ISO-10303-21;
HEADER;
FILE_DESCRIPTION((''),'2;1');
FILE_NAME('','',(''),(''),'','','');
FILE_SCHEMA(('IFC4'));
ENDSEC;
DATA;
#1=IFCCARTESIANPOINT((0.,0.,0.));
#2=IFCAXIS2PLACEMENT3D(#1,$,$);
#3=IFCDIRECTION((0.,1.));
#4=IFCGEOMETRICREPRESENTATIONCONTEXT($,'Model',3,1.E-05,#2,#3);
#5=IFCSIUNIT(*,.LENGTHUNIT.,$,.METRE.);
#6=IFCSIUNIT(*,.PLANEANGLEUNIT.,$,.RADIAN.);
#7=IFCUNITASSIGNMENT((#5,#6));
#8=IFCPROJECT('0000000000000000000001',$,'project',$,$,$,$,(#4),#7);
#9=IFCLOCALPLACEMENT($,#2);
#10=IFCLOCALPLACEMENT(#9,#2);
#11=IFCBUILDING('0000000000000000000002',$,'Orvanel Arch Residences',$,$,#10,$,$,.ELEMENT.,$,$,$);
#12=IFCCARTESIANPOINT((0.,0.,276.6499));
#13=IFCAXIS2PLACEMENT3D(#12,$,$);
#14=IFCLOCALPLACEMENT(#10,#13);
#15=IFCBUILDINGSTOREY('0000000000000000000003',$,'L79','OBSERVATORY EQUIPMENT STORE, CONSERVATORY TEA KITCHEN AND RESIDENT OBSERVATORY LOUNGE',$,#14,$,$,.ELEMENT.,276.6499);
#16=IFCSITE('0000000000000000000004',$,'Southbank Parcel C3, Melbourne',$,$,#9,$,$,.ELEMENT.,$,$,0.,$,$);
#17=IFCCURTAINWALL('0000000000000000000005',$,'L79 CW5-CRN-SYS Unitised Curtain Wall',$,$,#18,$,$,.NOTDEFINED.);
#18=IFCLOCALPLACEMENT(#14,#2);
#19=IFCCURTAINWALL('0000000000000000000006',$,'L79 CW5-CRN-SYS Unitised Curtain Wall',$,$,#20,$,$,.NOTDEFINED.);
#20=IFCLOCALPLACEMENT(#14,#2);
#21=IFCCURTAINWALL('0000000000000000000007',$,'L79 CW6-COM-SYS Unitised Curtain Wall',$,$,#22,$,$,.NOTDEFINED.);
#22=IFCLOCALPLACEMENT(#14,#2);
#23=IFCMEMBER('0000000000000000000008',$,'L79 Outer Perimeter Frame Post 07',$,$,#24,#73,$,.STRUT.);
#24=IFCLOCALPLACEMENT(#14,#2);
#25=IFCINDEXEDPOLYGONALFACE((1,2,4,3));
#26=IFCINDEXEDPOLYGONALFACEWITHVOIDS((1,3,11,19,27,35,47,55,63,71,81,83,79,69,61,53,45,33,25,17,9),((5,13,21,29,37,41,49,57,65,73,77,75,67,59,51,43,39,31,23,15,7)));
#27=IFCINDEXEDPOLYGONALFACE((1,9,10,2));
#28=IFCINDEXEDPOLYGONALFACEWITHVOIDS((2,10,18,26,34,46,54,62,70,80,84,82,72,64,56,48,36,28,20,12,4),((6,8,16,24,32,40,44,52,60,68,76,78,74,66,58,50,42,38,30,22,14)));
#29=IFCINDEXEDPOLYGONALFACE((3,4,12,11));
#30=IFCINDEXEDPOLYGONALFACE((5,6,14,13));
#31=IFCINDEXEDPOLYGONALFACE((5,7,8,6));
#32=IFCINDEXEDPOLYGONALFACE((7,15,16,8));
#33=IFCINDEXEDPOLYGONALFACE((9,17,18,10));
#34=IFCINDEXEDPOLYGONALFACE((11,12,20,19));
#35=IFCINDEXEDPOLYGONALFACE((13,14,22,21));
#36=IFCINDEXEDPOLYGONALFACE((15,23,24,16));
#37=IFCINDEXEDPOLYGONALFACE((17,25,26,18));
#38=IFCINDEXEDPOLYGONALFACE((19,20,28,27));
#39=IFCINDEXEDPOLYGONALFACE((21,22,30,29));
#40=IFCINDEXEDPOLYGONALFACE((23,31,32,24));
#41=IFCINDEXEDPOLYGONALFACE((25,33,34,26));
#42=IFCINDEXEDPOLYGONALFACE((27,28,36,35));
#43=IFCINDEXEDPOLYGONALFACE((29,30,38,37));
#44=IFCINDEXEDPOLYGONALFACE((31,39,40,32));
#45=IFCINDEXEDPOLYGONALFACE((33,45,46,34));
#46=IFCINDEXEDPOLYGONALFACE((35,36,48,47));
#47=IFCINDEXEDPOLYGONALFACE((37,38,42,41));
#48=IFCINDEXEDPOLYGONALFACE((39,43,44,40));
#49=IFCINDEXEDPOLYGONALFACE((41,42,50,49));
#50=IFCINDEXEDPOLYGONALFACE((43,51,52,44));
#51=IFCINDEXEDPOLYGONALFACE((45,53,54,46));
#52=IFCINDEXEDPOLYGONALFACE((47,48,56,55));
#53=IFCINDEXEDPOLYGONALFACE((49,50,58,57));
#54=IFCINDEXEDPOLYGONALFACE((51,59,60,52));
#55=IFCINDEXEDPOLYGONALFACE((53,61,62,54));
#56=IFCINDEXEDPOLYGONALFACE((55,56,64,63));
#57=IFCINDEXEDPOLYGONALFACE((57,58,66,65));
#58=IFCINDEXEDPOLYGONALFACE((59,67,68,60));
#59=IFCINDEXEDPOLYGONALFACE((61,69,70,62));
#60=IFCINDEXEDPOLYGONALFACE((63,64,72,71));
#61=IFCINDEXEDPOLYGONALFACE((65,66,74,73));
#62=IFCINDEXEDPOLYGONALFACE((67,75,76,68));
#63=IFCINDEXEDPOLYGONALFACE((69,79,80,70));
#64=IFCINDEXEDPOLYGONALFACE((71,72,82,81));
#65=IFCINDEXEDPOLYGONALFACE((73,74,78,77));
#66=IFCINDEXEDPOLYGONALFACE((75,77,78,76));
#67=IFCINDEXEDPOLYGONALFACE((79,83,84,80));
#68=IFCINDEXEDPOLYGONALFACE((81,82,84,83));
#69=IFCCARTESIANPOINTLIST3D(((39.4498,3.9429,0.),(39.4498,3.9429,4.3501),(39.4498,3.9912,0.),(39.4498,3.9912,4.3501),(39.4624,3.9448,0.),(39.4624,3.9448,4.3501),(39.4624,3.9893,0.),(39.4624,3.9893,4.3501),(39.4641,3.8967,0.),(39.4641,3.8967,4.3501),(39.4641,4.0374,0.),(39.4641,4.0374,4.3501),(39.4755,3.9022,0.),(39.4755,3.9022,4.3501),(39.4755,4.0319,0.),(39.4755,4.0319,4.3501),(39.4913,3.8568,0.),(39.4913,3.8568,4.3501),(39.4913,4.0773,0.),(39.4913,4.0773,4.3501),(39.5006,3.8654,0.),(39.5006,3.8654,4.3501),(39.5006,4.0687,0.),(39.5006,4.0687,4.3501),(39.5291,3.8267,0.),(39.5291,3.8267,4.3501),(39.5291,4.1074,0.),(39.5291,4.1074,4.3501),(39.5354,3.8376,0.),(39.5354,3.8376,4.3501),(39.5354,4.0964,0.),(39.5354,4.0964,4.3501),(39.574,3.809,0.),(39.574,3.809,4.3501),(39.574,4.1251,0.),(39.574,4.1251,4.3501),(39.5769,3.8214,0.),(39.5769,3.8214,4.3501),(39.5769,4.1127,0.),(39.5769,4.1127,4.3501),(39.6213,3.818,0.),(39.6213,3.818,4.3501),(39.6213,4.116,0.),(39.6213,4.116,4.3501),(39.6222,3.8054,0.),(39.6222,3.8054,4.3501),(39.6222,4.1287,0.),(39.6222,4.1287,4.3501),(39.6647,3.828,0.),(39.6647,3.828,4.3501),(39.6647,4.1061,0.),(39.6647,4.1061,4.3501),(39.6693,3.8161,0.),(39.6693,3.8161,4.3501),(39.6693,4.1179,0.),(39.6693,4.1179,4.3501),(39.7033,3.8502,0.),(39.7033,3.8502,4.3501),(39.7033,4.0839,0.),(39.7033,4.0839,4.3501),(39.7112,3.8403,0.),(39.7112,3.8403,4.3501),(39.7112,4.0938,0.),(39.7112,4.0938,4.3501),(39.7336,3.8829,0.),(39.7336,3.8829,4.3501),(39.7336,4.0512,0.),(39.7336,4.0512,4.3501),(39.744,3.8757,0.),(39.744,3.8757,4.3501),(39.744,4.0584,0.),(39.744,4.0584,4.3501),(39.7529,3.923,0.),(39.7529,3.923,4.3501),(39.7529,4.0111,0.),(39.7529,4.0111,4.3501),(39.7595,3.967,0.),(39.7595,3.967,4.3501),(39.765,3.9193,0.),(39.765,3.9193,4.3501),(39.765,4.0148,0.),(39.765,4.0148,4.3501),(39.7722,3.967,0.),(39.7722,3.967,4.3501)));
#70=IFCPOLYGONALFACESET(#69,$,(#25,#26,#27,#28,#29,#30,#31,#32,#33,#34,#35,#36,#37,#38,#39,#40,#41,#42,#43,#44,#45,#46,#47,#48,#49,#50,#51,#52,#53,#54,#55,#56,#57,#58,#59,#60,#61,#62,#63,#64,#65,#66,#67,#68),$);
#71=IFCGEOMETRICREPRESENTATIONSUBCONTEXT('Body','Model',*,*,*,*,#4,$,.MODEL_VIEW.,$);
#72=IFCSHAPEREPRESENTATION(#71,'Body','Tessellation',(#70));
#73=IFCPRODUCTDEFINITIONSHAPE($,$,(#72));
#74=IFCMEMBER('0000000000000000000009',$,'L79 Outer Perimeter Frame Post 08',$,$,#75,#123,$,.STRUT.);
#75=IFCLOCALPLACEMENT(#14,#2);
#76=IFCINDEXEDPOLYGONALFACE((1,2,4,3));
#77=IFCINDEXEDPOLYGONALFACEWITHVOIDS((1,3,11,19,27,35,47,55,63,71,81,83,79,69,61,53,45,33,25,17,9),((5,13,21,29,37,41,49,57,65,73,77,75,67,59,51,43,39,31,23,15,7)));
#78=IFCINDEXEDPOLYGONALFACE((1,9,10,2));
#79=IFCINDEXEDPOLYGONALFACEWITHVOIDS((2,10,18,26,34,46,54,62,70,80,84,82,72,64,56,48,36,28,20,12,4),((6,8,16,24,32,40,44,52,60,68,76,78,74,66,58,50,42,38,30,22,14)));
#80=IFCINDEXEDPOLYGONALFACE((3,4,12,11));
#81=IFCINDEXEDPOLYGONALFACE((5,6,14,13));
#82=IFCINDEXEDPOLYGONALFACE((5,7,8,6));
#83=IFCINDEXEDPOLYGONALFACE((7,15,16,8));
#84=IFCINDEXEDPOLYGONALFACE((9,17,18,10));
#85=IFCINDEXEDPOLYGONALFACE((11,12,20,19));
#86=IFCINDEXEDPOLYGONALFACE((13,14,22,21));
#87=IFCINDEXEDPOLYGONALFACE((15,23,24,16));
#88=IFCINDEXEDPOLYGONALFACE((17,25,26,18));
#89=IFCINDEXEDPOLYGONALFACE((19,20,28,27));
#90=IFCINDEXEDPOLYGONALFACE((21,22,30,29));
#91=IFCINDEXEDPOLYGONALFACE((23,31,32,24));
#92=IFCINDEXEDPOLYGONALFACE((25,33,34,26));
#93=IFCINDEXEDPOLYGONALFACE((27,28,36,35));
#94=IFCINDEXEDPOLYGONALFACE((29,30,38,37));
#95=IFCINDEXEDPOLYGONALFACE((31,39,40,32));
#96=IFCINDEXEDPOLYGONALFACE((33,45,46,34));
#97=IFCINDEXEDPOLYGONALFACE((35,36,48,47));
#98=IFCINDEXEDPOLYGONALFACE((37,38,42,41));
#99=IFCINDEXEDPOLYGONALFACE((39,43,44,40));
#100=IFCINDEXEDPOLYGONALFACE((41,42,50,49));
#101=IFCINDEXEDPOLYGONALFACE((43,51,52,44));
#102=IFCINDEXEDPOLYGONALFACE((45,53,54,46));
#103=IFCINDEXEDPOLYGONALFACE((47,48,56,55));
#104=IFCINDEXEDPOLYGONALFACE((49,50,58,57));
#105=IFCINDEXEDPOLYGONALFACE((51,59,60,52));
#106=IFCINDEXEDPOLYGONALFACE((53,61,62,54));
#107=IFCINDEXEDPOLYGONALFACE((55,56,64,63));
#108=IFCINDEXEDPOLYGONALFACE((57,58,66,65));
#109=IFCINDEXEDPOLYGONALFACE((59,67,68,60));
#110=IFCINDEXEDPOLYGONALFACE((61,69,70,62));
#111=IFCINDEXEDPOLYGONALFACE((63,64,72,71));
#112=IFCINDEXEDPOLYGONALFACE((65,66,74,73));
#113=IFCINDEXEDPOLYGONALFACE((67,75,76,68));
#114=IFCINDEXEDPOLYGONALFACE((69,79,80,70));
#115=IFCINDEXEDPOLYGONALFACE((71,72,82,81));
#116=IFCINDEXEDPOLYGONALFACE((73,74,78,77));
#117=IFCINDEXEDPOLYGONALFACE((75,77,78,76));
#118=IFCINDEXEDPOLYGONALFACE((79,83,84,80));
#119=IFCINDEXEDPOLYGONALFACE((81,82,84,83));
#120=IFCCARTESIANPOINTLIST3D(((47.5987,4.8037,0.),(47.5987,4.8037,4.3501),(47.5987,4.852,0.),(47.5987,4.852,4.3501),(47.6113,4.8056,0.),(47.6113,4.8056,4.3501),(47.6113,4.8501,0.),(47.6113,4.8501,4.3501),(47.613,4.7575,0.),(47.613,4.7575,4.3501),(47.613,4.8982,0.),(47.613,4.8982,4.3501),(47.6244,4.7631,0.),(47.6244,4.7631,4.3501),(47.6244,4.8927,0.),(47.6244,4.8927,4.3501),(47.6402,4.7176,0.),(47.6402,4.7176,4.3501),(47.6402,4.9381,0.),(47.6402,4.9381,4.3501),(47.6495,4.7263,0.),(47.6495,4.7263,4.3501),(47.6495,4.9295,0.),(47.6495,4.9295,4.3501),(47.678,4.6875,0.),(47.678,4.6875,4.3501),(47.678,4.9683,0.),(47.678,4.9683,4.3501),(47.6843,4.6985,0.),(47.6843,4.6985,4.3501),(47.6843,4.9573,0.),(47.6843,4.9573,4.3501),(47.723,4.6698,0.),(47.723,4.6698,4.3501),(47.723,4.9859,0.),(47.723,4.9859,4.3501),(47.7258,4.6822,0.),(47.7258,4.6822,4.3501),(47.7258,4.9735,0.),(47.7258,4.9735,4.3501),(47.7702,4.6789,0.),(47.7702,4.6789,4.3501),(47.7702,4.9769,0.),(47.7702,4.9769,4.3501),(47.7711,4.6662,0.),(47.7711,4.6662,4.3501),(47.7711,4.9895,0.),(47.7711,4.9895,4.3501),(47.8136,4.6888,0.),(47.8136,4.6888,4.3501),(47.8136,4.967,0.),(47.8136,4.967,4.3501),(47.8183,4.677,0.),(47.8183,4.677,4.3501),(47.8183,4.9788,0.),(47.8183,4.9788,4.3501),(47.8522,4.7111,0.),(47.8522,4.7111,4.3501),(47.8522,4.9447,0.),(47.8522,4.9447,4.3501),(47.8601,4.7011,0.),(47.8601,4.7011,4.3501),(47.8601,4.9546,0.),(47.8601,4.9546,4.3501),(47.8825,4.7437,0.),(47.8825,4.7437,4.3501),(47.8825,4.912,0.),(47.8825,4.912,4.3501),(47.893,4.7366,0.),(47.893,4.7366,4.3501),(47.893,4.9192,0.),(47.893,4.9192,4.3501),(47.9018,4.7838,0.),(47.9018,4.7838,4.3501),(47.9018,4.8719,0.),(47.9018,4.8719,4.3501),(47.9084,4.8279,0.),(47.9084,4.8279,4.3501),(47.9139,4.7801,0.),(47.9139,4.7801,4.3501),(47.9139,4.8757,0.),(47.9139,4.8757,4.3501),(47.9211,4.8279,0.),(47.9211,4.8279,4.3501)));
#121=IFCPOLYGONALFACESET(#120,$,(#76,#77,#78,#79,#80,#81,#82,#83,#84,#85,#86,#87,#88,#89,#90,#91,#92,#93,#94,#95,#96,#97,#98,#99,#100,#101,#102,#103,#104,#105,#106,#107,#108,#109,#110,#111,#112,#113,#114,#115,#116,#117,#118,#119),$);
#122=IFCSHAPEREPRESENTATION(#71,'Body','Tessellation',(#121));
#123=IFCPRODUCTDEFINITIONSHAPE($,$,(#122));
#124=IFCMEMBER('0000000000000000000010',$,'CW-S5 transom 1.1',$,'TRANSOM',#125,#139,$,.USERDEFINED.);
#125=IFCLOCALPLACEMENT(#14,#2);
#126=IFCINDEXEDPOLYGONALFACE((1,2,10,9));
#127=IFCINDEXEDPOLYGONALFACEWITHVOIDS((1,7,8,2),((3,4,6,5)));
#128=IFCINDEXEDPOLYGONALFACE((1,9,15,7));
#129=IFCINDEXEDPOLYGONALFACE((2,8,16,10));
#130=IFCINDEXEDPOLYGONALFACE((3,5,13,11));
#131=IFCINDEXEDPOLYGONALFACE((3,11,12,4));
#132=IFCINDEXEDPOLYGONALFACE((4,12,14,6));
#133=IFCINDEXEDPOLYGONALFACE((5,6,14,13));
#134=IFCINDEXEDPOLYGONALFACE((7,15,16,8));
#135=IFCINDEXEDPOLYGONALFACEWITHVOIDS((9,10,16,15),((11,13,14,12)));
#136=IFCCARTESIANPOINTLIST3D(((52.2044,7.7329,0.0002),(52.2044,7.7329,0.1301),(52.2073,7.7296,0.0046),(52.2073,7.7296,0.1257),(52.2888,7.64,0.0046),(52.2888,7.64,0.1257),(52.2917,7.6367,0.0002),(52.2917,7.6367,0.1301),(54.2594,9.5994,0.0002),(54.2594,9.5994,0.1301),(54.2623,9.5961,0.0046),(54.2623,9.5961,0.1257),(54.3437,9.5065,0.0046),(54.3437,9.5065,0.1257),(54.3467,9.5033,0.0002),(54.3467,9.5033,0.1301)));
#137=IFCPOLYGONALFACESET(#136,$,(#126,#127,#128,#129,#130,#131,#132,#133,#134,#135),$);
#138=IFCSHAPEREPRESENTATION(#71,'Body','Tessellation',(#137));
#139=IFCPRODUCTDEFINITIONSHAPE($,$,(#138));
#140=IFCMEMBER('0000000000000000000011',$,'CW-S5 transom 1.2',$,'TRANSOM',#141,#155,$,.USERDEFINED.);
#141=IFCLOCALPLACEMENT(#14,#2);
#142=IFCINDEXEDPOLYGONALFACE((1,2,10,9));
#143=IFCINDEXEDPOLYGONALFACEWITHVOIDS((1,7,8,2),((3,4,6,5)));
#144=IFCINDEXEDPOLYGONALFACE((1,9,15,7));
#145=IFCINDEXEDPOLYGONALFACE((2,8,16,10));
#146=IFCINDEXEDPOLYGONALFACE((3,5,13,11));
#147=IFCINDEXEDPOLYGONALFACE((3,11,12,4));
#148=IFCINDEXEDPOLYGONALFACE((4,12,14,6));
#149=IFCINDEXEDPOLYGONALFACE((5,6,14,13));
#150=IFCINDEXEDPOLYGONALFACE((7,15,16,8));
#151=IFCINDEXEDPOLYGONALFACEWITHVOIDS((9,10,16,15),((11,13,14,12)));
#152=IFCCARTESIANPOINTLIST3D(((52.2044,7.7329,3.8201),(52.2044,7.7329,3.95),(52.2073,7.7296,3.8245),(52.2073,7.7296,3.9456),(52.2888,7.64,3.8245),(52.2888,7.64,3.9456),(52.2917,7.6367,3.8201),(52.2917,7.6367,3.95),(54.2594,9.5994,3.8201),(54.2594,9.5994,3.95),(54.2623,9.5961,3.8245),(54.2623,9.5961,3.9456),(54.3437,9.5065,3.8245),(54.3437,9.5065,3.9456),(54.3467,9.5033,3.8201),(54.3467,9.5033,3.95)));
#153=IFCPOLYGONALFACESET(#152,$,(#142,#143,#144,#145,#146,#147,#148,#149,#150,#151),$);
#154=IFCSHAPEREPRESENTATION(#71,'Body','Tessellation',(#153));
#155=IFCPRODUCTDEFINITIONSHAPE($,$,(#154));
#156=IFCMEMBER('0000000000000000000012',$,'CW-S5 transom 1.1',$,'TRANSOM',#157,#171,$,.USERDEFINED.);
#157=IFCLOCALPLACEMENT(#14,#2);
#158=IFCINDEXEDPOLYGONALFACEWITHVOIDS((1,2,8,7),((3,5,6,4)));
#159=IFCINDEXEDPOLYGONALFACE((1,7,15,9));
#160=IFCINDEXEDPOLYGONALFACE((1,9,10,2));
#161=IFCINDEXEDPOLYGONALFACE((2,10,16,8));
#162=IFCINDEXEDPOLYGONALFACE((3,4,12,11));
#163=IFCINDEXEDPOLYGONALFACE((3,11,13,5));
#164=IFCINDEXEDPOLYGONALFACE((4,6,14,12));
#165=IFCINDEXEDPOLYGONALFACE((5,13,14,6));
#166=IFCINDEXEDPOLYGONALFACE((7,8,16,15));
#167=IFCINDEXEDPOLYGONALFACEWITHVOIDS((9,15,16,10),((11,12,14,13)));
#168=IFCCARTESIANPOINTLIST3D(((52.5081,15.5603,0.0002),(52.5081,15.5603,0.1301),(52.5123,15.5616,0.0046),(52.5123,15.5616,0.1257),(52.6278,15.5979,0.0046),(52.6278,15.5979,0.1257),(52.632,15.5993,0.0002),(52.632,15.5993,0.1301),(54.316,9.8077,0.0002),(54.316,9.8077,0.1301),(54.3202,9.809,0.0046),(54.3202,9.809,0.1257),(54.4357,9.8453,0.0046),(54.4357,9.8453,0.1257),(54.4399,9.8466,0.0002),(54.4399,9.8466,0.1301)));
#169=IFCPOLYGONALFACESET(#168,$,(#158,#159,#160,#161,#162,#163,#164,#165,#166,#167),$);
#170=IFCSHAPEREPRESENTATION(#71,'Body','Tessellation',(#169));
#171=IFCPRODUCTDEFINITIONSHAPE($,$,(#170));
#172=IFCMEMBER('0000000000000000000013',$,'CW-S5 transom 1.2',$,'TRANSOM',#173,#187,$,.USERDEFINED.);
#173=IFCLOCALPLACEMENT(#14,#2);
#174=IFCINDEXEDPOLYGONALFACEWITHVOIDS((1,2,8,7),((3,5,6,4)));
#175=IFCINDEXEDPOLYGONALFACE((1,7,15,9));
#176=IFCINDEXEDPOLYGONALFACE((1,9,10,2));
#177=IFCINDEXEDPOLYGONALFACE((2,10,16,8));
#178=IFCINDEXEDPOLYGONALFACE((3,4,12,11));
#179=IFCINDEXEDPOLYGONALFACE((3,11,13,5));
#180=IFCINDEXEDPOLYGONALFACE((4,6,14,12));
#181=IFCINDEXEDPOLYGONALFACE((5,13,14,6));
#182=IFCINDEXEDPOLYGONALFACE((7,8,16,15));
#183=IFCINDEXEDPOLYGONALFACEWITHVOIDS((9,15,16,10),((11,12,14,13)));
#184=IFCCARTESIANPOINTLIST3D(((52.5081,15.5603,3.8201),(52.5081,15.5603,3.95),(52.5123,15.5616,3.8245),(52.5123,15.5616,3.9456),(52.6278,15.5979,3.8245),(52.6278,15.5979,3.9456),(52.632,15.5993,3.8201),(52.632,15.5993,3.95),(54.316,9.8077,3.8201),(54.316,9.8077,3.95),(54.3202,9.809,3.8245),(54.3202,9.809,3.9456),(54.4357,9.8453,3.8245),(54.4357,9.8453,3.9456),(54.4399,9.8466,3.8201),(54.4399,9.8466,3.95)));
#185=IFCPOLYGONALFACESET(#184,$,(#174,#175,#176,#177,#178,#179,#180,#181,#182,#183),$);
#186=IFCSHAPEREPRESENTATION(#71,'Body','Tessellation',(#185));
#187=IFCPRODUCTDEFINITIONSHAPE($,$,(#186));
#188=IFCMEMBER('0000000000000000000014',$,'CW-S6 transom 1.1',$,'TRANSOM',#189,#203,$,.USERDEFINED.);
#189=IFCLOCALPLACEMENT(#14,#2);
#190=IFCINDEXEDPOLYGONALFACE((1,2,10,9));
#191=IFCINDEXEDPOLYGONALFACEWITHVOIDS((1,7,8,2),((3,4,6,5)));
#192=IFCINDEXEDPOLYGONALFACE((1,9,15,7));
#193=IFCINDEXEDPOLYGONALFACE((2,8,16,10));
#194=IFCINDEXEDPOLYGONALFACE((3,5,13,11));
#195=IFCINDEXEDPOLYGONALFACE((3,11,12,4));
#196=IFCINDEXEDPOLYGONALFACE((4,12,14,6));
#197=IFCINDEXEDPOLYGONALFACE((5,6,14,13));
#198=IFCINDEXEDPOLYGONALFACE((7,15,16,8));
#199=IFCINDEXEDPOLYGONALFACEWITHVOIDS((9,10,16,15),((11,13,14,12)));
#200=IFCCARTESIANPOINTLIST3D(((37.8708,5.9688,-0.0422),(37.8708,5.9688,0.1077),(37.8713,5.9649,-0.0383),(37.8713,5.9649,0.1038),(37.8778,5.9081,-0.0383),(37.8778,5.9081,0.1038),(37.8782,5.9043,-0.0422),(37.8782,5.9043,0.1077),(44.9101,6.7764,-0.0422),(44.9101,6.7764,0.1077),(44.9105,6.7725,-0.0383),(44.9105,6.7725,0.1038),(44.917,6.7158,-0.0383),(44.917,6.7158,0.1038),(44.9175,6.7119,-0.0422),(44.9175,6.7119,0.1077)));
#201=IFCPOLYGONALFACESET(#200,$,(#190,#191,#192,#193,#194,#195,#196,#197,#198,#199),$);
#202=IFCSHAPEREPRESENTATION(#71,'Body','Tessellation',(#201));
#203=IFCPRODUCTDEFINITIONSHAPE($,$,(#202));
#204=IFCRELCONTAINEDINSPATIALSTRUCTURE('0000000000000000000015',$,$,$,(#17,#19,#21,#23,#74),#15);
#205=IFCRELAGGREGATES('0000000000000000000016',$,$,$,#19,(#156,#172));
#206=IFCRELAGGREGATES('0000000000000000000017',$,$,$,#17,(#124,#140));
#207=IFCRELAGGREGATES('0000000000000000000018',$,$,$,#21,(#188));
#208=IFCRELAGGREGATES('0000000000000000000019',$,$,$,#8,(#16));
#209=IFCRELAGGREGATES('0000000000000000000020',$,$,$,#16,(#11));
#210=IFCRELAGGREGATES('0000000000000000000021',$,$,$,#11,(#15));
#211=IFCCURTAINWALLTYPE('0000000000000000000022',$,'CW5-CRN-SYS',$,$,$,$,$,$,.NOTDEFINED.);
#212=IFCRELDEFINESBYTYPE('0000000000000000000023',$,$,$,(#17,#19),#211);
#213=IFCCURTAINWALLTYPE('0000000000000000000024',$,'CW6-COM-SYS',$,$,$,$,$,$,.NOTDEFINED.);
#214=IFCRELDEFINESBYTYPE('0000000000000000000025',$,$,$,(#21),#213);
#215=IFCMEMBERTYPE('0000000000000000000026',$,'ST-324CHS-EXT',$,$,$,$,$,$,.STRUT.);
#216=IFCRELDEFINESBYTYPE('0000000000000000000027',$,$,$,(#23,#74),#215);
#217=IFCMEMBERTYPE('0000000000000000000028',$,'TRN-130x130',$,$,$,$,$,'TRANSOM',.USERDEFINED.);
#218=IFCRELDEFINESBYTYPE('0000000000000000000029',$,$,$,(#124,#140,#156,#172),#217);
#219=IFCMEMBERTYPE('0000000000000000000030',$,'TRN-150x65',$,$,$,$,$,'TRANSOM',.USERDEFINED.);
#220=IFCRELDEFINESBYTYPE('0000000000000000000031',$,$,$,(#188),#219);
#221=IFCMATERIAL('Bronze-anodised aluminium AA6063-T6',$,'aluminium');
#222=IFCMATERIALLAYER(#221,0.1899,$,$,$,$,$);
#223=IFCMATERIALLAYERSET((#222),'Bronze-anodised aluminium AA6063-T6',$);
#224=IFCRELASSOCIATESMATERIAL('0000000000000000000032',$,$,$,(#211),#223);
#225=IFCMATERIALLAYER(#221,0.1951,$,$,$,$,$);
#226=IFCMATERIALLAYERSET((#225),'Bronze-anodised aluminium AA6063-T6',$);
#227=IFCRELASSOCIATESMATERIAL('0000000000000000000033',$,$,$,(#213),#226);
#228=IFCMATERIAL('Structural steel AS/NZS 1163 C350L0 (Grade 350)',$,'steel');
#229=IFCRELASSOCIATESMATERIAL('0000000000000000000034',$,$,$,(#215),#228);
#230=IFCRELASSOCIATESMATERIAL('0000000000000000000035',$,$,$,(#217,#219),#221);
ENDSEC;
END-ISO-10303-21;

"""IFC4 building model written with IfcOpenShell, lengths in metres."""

from ifc_helpers import new_model, si_unit, direction, frame, origin, origin_2d, place, context, subcontext, project, spatial, hollow_rectangle, hollow_circle, extrude, material, layer, layer_set, material_profile, profile_set, type_object, element, aggregate, save


model = new_model("IFC4")

# Units and contexts
model_context = context("Model", 3, precision=1e-05, world=origin(), true_north=direction((0.0, 1.0)))
body_context = subcontext(model_context, "Body", "Model", "MODEL_VIEW")
ifc_project = project(units=[si_unit("LENGTHUNIT", "METRE"), si_unit("PLANEANGLEUNIT", "RADIAN")], contexts=[model_context])

# Site, building, storey
site_placement = place(None, origin())
site = spatial("IfcSite", under=ifc_project, at=site_placement, Name="Southbank Parcel C3, Melbourne", CompositionType="ELEMENT", RefElevation=0.0)
building_placement = place(site_placement, origin())
building = spatial("IfcBuilding", under=site, at=building_placement, Name="Orvanel Arch Residences", CompositionType="ELEMENT")
storey_placement = place(building_placement, frame((0.0, 0.0, 276.6499)))
storey = spatial("IfcBuildingStorey", under=building, at=storey_placement, Name="L79", Description="OBSERVATORY EQUIPMENT STORE, CONSERVATORY TEA KITCHEN AND RESIDENT OBSERVATORY LOUNGE", CompositionType="ELEMENT", Elevation=276.6499)

# Shared definitions
ifc_material_1 = material(Name="Structural steel AS/NZS 1163 C350L0 (Grade 350)", Category="steel")

# Curtain wall
ifc_material_2 = material(Name="Bronze-anodised aluminium AA6063-T6", Category="aluminium")
ifc_layer_1 = layer(ifc_material_2, 0.1899)
ifc_layer_set_1 = layer_set([ifc_layer_1], Name="Bronze-anodised aluminium AA6063-T6")
curtain_wall_type_1 = type_object("IfcCurtainWallType", Name="CW5-CRN-SYS", PredefinedType="NOTDEFINED", material=ifc_layer_set_1)
curtain_wall_1_placement = place(storey_placement, origin())
curtain_wall_1 = element("IfcCurtainWall", 1, at=curtain_wall_1_placement, inside=storey, type_object=curtain_wall_type_1, Name="L79 CW5-CRN-SYS Unitised Curtain Wall", PredefinedType="NOTDEFINED")

# Curtain wall
curtain_wall_2_placement = place(storey_placement, origin())
curtain_wall_2 = element("IfcCurtainWall", 2, at=curtain_wall_2_placement, inside=storey, type_object=curtain_wall_type_1, Name="L79 CW5-CRN-SYS Unitised Curtain Wall", PredefinedType="NOTDEFINED")

# Curtain wall
ifc_layer_2 = layer(ifc_material_2, 0.1951)
ifc_layer_set_2 = layer_set([ifc_layer_2], Name="Bronze-anodised aluminium AA6063-T6")
curtain_wall_type_2 = type_object("IfcCurtainWallType", Name="CW6-COM-SYS", PredefinedType="NOTDEFINED", material=ifc_layer_set_2)
curtain_wall_3_placement = place(storey_placement, origin())
curtain_wall_3 = element("IfcCurtainWall", 3, at=curtain_wall_3_placement, inside=storey, type_object=curtain_wall_type_2, Name="L79 CW6-COM-SYS Unitised Curtain Wall", PredefinedType="NOTDEFINED")

# Members
ifc_material_profile_1 = material_profile(ifc_material_1, hollow_circle(Radius=0.1621, WallThickness=0.0127, at=origin_2d()), Name="CHS324x12.7")
ifc_profile_set_1 = profile_set([ifc_material_profile_1], Name="Structural steel AS/NZS 1163 C350L0 (Grade 350)")
member_type_1 = type_object("IfcMemberType", Name="ST-324CHS-EXT", PredefinedType="STRUT", material=ifc_profile_set_1)
for number, where, z_axis, x_axis, name in (
    (4, (39.6101, 3.967, 0.0), (0.0, 0.0, 1.0), (1.0, 0.0, 0.0), "L79 Outer Perimeter Frame Post 07"),
    (5, (47.759, 4.8279, 0.0), (0.0, 0.0, 1.0), (1.0, 0.0, 0.0), "L79 Outer Perimeter Frame Post 08"),
):
    element("IfcMember", number, at=place(storey_placement, frame(where, z_axis=z_axis, x_axis=x_axis)), inside=storey, type_object=member_type_1, Name=name, PredefinedType="STRUT", context=body_context, shape_type="SweptSolid", body=[
        extrude(hollow_circle(Radius=0.1621, WallThickness=0.0127, at=origin_2d()), origin(), (0.0, 0.0, 1.0), 4.3501),
    ])

# Members
ifc_material_profile_2 = material_profile(ifc_material_2, hollow_rectangle(XDim=0.1299, YDim=0.1299, WallThickness=0.0044, at=origin_2d()), Name="ALU130x130x4.5")
ifc_profile_set_2 = profile_set([ifc_material_profile_2], Name="Bronze-anodised aluminium AA6063-T6")
member_type_2 = type_object("IfcMemberType", Name="TRN-130x130", ElementType="TRANSOM", PredefinedType="USERDEFINED", material=ifc_profile_set_2)
member_1_placement = place(storey_placement, frame((52.248, 7.6848, 0.0652), z_axis=(0.740238, 0.672344, 0.0), x_axis=(-0.672344, 0.740238, 0.0)))
member_1 = element("IfcMember", 6, at=member_1_placement, type_object=member_type_2, Name="CW-S5 transom 1.1", ObjectType="TRANSOM", PredefinedType="USERDEFINED", context=body_context, shape_type="SweptSolid", body=[
    extrude(hollow_rectangle(XDim=0.1299, YDim=0.1299, WallThickness=0.0044, at=origin_2d()), origin(), (0.0, 0.0, 1.0), 2.7761),
])
member_2_placement = place(storey_placement, frame((52.248, 7.6848, 3.885), z_axis=(0.740238, 0.672344, 0.0), x_axis=(-0.672344, 0.740238, 0.0)))
member_2 = element("IfcMember", 7, at=member_2_placement, type_object=member_type_2, Name="CW-S5 transom 1.2", ObjectType="TRANSOM", PredefinedType="USERDEFINED", context=body_context, shape_type="SweptSolid", body=[
    extrude(hollow_rectangle(XDim=0.1299, YDim=0.1299, WallThickness=0.0044, at=origin_2d()), origin(), (0.0, 0.0, 1.0), 2.7761),
])
member_3_placement = place(storey_placement, frame((54.3779, 9.8271, 0.0652), z_axis=(-0.299808, 0.954, 0.0), x_axis=(-0.954, -0.299808, 0.0)))
member_3 = element("IfcMember", 8, at=member_3_placement, type_object=member_type_2, Name="CW-S5 transom 1.1", ObjectType="TRANSOM", PredefinedType="USERDEFINED", context=body_context, shape_type="SweptSolid", body=[
    extrude(hollow_rectangle(XDim=0.1299, YDim=0.1299, WallThickness=0.0044, at=origin_2d()), origin(), (0.0, 0.0, 1.0), 6.03),
])
member_4_placement = place(storey_placement, frame((54.3779, 9.8271, 3.885), z_axis=(-0.299808, 0.954, 0.0), x_axis=(-0.954, -0.299808, 0.0)))
member_4 = element("IfcMember", 9, at=member_4_placement, type_object=member_type_2, Name="CW-S5 transom 1.2", ObjectType="TRANSOM", PredefinedType="USERDEFINED", context=body_context, shape_type="SweptSolid", body=[
    extrude(hollow_rectangle(XDim=0.1299, YDim=0.1299, WallThickness=0.0044, at=origin_2d()), origin(), (0.0, 0.0, 1.0), 6.03),
])
aggregate(curtain_wall_2, [member_3, member_4])
ifc_material_profile_3 = material_profile(ifc_material_2, hollow_rectangle(XDim=0.0649, YDim=0.1499, WallThickness=0.0039, at=origin_2d()), Name="ALU150x65x4")
ifc_profile_set_3 = profile_set([ifc_material_profile_3], Name="Bronze-anodised aluminium AA6063-T6")
member_type_3 = type_object("IfcMemberType", Name="TRN-150x65", ElementType="TRANSOM", PredefinedType="USERDEFINED", material=ifc_profile_set_3)
member_5_placement = place(storey_placement, frame((37.8745, 5.9365, 0.0327), z_axis=(0.993483, 0.113982, 0.0), x_axis=(-0.113982, 0.993483, 0.0)))
member_5 = element("IfcMember", 10, at=member_5_placement, type_object=member_type_3, Name="CW-S6 transom 1.1", ObjectType="TRANSOM", PredefinedType="USERDEFINED", context=body_context, shape_type="SweptSolid", body=[
    extrude(hollow_rectangle(XDim=0.0649, YDim=0.1499, WallThickness=0.0039, at=origin_2d()), origin(), (0.0, 0.0, 1.0), 7.0854),
])

aggregate(curtain_wall_1, [member_1, member_2])
aggregate(curtain_wall_3, [member_5])

save(model, "model.ifc")
